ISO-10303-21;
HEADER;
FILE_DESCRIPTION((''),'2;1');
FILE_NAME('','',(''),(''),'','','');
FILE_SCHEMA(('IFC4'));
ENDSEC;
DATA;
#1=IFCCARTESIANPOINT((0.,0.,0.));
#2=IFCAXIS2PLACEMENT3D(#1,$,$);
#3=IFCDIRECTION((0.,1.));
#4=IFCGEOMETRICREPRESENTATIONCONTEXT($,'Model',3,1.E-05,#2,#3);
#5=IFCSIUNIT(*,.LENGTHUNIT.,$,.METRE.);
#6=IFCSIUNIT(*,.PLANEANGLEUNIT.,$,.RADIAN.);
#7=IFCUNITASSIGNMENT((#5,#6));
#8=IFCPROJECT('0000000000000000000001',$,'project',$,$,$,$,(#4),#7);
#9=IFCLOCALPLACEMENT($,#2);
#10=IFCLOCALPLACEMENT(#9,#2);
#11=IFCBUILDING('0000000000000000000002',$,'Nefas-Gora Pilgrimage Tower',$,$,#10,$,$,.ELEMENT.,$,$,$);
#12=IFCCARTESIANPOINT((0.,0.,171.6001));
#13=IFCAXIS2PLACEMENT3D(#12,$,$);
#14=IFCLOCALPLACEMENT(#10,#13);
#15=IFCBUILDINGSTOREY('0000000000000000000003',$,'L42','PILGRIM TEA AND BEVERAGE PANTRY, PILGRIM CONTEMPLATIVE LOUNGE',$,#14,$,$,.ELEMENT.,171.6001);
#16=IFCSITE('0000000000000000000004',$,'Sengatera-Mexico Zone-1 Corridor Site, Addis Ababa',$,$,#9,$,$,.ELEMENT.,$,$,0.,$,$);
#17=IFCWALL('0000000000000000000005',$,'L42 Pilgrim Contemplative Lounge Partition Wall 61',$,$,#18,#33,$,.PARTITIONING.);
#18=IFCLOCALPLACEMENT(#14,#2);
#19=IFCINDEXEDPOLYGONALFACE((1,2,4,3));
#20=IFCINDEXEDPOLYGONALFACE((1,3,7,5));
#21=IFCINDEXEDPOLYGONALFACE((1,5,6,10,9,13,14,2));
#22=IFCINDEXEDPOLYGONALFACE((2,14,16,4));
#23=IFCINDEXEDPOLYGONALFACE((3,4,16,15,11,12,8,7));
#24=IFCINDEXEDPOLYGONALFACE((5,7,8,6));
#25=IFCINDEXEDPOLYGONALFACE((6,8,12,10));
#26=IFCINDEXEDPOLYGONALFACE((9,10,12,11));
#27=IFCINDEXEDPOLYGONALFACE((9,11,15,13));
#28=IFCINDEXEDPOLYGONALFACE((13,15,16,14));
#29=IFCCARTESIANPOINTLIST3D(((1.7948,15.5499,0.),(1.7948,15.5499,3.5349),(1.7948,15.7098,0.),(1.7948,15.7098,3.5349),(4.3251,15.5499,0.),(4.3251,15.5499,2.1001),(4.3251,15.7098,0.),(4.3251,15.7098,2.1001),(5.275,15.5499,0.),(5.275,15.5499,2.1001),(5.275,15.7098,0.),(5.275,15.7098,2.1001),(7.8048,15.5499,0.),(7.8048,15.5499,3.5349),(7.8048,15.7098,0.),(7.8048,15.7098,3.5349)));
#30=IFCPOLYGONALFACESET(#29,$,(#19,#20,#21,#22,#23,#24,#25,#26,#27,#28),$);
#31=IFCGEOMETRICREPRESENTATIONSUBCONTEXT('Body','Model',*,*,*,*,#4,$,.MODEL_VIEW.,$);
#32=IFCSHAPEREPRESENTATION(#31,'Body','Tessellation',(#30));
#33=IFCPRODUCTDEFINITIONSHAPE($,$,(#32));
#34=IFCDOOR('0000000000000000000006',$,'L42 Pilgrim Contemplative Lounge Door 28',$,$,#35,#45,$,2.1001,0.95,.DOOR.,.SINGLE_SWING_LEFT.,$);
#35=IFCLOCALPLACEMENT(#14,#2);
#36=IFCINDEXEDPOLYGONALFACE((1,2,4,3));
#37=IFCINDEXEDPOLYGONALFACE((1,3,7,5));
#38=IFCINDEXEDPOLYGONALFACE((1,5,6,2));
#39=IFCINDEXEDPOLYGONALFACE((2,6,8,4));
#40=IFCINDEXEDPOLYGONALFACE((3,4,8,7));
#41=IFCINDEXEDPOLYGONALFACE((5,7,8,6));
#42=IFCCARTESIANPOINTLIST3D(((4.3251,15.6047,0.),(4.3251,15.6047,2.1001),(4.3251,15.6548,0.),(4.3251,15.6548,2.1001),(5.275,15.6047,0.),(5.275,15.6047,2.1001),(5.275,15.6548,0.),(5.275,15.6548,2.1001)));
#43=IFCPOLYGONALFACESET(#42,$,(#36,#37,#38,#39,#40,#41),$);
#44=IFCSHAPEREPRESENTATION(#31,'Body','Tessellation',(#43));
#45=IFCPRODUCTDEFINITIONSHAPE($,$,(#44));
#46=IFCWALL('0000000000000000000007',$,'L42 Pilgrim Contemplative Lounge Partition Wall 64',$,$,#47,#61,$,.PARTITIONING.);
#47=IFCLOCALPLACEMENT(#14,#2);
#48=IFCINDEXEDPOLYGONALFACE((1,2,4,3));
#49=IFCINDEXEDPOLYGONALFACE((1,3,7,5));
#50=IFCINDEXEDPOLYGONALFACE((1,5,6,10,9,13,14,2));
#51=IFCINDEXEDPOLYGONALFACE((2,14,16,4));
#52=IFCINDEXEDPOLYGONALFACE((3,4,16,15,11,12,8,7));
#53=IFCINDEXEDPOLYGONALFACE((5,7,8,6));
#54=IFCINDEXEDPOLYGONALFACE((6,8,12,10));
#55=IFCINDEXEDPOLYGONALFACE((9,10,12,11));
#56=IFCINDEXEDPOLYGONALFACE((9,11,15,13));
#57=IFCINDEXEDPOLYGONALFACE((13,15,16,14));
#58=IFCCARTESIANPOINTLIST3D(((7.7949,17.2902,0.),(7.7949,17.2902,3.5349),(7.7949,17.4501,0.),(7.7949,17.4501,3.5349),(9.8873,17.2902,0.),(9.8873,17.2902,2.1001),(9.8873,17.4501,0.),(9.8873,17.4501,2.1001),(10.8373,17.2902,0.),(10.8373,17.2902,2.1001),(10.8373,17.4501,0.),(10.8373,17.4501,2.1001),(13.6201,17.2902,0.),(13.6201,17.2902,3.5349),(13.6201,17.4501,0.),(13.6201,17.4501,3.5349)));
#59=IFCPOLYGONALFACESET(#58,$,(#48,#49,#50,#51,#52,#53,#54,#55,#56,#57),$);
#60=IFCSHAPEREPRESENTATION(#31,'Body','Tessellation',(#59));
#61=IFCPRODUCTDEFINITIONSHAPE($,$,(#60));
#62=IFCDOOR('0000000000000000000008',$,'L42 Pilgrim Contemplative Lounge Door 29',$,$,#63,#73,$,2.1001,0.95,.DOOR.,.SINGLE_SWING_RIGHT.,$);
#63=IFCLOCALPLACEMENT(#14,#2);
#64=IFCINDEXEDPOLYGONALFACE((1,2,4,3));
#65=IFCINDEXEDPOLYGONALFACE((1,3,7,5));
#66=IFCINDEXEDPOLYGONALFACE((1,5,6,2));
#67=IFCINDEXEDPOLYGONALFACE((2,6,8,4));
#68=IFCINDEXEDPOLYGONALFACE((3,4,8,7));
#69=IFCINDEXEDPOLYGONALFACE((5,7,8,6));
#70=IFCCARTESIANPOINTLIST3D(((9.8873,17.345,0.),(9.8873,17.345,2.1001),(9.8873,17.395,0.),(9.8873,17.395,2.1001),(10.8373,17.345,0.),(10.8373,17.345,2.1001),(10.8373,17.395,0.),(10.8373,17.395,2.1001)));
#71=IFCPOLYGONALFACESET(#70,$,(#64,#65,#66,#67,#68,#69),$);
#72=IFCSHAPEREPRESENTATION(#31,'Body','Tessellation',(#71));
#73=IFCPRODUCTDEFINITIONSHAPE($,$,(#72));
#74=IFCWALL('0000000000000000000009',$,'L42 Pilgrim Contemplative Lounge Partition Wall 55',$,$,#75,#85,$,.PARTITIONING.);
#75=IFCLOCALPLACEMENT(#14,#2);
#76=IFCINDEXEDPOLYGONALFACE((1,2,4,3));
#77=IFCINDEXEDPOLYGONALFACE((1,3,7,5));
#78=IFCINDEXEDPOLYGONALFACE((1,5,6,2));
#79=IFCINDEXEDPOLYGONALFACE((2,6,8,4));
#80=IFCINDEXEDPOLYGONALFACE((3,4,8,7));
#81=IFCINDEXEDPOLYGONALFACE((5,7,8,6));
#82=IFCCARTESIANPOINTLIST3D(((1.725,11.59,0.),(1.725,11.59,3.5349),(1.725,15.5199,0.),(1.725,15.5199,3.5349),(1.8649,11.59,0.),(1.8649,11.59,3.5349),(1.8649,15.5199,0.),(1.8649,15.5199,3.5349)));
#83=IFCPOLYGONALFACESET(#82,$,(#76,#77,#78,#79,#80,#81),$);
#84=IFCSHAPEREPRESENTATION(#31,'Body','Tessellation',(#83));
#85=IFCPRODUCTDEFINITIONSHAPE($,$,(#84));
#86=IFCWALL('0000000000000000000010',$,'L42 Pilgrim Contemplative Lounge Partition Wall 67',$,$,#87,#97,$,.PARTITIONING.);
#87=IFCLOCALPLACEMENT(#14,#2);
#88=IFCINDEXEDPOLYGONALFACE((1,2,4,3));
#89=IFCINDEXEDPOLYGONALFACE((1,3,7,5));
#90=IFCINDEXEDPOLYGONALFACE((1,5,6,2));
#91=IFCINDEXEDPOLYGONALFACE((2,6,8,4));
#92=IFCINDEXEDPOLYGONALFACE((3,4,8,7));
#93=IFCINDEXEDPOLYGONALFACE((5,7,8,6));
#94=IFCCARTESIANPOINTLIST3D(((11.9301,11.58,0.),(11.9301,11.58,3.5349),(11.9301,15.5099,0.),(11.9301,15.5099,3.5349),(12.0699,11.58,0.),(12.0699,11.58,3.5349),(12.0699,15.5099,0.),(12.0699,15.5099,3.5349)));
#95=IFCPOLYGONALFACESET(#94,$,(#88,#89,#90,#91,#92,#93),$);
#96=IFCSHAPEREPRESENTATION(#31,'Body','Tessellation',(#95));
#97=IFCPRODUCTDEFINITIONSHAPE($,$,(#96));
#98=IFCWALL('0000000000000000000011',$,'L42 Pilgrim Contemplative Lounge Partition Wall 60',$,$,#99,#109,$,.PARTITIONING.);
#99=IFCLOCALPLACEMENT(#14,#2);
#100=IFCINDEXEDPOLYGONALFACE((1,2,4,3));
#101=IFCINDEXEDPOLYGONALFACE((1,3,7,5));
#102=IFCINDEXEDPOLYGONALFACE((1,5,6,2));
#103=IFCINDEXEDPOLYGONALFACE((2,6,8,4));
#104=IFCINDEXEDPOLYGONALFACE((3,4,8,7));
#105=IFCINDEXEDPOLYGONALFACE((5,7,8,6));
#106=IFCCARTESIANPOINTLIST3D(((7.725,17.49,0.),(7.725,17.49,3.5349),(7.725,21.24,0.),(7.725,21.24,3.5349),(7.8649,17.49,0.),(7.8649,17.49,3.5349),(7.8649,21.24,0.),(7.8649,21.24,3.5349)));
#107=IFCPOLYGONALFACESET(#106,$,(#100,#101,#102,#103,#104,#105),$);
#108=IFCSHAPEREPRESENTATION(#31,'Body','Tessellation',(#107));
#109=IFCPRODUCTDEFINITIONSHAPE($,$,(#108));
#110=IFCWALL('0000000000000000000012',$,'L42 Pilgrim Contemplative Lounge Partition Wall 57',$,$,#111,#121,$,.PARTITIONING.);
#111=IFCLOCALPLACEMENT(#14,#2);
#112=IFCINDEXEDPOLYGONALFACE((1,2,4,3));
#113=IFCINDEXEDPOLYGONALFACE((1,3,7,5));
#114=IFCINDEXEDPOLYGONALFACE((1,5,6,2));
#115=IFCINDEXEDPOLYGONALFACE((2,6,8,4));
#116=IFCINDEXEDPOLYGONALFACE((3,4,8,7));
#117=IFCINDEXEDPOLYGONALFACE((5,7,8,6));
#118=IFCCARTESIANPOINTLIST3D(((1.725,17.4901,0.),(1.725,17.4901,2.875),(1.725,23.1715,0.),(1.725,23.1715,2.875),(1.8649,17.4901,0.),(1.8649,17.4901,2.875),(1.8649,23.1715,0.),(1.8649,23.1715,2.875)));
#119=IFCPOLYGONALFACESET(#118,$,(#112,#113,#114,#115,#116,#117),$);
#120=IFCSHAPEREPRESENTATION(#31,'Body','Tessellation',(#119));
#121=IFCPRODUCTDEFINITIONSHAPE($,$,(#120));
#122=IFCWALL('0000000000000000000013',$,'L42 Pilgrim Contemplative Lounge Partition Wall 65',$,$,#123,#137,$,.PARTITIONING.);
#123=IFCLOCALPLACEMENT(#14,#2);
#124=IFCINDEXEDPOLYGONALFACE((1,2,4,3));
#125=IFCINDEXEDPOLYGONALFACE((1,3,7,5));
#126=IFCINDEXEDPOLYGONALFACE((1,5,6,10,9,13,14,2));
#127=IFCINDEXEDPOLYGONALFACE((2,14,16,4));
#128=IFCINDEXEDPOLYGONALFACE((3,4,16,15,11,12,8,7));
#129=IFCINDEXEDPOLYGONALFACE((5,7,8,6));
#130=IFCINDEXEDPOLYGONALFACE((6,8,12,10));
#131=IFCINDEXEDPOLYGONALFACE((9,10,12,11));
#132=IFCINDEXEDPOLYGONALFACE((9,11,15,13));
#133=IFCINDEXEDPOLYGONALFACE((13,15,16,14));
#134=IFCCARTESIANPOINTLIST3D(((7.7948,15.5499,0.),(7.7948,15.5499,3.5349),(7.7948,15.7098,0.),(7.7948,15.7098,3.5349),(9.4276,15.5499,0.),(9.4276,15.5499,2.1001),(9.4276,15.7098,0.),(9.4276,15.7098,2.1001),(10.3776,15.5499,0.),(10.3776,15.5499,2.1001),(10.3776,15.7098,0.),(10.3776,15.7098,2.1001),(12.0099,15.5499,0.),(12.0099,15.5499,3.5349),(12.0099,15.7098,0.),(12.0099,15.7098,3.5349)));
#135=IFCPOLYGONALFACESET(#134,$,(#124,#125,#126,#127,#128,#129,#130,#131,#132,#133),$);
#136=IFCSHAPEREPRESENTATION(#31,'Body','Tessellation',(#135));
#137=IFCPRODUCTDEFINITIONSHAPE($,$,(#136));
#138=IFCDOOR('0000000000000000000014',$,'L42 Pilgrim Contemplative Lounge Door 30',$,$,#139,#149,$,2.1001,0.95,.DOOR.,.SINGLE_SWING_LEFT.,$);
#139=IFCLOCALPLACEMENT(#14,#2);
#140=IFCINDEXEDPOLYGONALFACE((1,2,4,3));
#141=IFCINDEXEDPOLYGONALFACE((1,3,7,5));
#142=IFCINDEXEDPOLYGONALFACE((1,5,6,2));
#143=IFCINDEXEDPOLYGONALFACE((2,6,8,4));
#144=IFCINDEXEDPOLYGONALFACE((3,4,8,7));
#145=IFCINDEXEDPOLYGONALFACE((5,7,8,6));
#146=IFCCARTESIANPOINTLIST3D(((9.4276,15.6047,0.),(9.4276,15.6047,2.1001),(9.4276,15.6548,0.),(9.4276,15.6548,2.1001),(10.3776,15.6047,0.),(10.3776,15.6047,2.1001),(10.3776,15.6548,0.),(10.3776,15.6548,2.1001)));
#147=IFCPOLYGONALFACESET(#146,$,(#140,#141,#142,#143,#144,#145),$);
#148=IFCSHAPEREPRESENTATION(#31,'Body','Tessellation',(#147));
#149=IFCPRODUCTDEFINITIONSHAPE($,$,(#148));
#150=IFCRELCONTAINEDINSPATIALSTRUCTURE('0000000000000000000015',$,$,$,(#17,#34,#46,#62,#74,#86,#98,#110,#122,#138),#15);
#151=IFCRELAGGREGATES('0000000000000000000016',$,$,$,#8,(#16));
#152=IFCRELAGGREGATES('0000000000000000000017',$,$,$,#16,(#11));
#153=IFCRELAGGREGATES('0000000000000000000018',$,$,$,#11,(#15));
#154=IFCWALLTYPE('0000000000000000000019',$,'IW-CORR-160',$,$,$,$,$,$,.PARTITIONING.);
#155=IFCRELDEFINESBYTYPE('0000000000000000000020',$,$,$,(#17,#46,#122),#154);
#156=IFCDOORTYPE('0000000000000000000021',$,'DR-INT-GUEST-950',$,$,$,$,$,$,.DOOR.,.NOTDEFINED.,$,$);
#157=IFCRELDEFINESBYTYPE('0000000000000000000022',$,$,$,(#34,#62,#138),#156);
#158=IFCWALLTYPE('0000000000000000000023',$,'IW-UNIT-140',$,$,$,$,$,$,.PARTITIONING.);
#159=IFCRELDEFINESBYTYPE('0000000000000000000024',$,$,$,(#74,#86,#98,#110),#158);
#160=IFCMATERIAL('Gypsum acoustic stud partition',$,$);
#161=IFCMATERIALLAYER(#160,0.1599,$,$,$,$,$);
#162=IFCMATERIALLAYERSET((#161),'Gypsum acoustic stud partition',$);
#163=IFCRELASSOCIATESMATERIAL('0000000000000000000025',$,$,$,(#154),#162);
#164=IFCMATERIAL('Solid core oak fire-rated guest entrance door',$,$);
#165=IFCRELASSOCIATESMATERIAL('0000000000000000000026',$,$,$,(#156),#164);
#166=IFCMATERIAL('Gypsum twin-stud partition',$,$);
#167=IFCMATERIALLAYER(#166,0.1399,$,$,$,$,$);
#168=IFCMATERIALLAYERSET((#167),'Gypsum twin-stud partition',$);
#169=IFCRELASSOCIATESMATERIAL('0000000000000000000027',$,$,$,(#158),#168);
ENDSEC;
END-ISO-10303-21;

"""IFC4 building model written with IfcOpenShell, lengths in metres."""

from ifc_helpers import new_model, si_unit, direction, frame, frame_2d, origin, place, context, subcontext, project, spatial, rectangle, extrude, source, transform, mapped, material, layer, layer_set, type_object, element, fill, save


model = new_model("IFC4")

# Units and contexts
model_context = context("Model", 3, precision=1e-05, world=origin(), true_north=direction((0.0, 1.0)))
body_context = subcontext(model_context, "Body", "Model", "MODEL_VIEW")
ifc_project = project(units=[si_unit("LENGTHUNIT", "METRE"), si_unit("PLANEANGLEUNIT", "RADIAN")], contexts=[model_context])

# Site, building, storey
site_placement = place(None, origin())
site = spatial("IfcSite", under=ifc_project, at=site_placement, Name="Sengatera-Mexico Zone-1 Corridor Site, Addis Ababa", CompositionType="ELEMENT", RefElevation=0.0)
building_placement = place(site_placement, origin())
building = spatial("IfcBuilding", under=site, at=building_placement, Name="Nefas-Gora Pilgrimage Tower", CompositionType="ELEMENT")
storey_placement = place(building_placement, frame((0.0, 0.0, 171.6001)))
storey = spatial("IfcBuildingStorey", under=building, at=storey_placement, Name="L42", Description="PILGRIM TEA AND BEVERAGE PANTRY, PILGRIM CONTEMPLATIVE LOUNGE", CompositionType="ELEMENT", Elevation=171.6001)

# Walls, openings, doors
ifc_material_1 = material(Name="Gypsum acoustic stud partition")
ifc_layer_1 = layer(ifc_material_1, 0.1599)
ifc_layer_set_1 = layer_set([ifc_layer_1], Name="Gypsum acoustic stud partition")
wall_type_1 = type_object("IfcWallType", Name="IW-CORR-160", PredefinedType="PARTITIONING", material=ifc_layer_set_1)
shared_shape_1 = source(origin(), body_context, "Body", "SweptSolid", [
    extrude(rectangle(XDim=6.01, YDim=0.1599, at=frame_2d((3.0049, 0.0))), origin(), (0.0, 0.0, 1.0), 3.5349),
])
ifc_material_2 = material(Name="Solid core oak fire-rated guest entrance door")
door_type = type_object("IfcDoorType", Name="DR-INT-GUEST-950", OperationType="NOTDEFINED", PredefinedType="DOOR", material=ifc_material_2)
shared_shape_2 = source(origin(), body_context, "Body", "SweptSolid", [
    extrude(rectangle(XDim=0.95, YDim=2.1001, at=frame_2d((0.4751, 1.05))), frame((0.0, 0.0249, 0.0), z_axis=(0.0, -1.0, 0.0), x_axis=(1.0, 0.0, 0.0)), (0.0, 0.0, 1.0), 0.05),
])
wall_1_placement = place(storey_placement, frame((1.7949, 15.6299, 0.0), z_axis=(0.0, 0.0, 1.0), x_axis=(1.0, 0.0, 0.0)))
wall_1 = element("IfcWall", 1, at=wall_1_placement, inside=storey, type_object=wall_type_1, Name="L42 Pilgrim Contemplative Lounge Partition Wall 61", PredefinedType="PARTITIONING", context=body_context, shape_type="MappedRepresentation", body=[
    mapped(shared_shape_1, transform((0.0, 0.0, 0.0), x_axis=(1.0, 0.0, 0.0), y_axis=(0.0, 1.0, 0.0), z_axis=(0.0, 0.0, 1.0), scale=1.0)),
])
opening_1_placement = place(wall_1_placement, frame((2.53, 0.0, 0.0)))
opening_1 = element("IfcOpeningElement", 2, at=opening_1_placement, cuts=wall_1, PredefinedType="OPENING", context=body_context, shape_type="SweptSolid", body=[
    extrude(rectangle(XDim=0.95, YDim=2.1001, at=frame_2d((0.4751, 1.05))), frame((0.0, 0.0898, 0.0), z_axis=(0.0, -1.0, 0.0), x_axis=(1.0, 0.0, 0.0)), (0.0, 0.0, 1.0), 0.1799),
])
door_1_placement = place(opening_1_placement, origin())
door_1 = element("IfcDoor", 3, at=door_1_placement, inside=storey, type_object=door_type, Name="L42 Pilgrim Contemplative Lounge Door 28", OperationType="SINGLE_SWING_LEFT", OverallHeight=2.1001, OverallWidth=0.95, PredefinedType="DOOR", context=body_context, shape_type="MappedRepresentation", body=[
    mapped(shared_shape_2, transform((0.0, 0.0, 0.0), x_axis=(1.0, 0.0, 0.0), y_axis=(0.0, 1.0, 0.0), z_axis=(0.0, 0.0, 1.0), scale=1.0)),
])
fill(opening_1, door_1)
shared_shape_3 = source(origin(), body_context, "Body", "SweptSolid", [
    extrude(rectangle(XDim=5.8252, YDim=0.1599, at=frame_2d((2.9126, 0.0))), origin(), (0.0, 0.0, 1.0), 3.5349),
])
wall_2_placement = place(storey_placement, frame((7.7949, 17.3701, 0.0), z_axis=(0.0, 0.0, 1.0), x_axis=(1.0, 0.0, 0.0)))
wall_2 = element("IfcWall", 4, at=wall_2_placement, inside=storey, type_object=wall_type_1, Name="L42 Pilgrim Contemplative Lounge Partition Wall 64", PredefinedType="PARTITIONING", context=body_context, shape_type="MappedRepresentation", body=[
    mapped(shared_shape_3, transform((0.0, 0.0, 0.0), x_axis=(1.0, 0.0, 0.0), y_axis=(0.0, 1.0, 0.0), z_axis=(0.0, 0.0, 1.0), scale=1.0)),
])
opening_2_placement = place(wall_2_placement, frame((2.0923, 0.0, 0.0)))
opening_2 = element("IfcOpeningElement", 5, at=opening_2_placement, cuts=wall_2, PredefinedType="OPENING", context=body_context, shape_type="SweptSolid", body=[
    extrude(rectangle(XDim=0.95, YDim=2.1001, at=frame_2d((0.4751, 1.05))), frame((0.0, 0.0898, 0.0), z_axis=(0.0, -1.0, 0.0), x_axis=(1.0, 0.0, 0.0)), (0.0, 0.0, 1.0), 0.1799),
])
door_2_placement = place(opening_2_placement, origin())
door_2 = element("IfcDoor", 6, at=door_2_placement, inside=storey, type_object=door_type, Name="L42 Pilgrim Contemplative Lounge Door 29", OperationType="SINGLE_SWING_RIGHT", OverallHeight=2.1001, OverallWidth=0.95, PredefinedType="DOOR", context=body_context, shape_type="MappedRepresentation", body=[
    mapped(shared_shape_2, transform((0.0, 0.0, 0.0), x_axis=(1.0, 0.0, 0.0), y_axis=(0.0, 1.0, 0.0), z_axis=(0.0, 0.0, 1.0), scale=1.0)),
])
fill(opening_2, door_2)

# Walls
ifc_material_3 = material(Name="Gypsum twin-stud partition")
ifc_layer_2 = layer(ifc_material_3, 0.1399)
ifc_layer_set_2 = layer_set([ifc_layer_2], Name="Gypsum twin-stud partition")
wall_type_2 = type_object("IfcWallType", Name="IW-UNIT-140", PredefinedType="PARTITIONING", material=ifc_layer_set_2)
shared_shape_4 = source(origin(), body_context, "Body", "SweptSolid", [
    extrude(rectangle(XDim=3.9299, YDim=0.1399, at=frame_2d((1.9648, 0.0))), origin(), (0.0, 0.0, 1.0), 3.5349),
])
for number, where, z_axis, x_axis, name in (
    (7, (1.7949, 11.5901, 0.0), (0.0, 0.0, 1.0), (0.0, 1.0, 0.0), "L42 Pilgrim Contemplative Lounge Partition Wall 55"),
    (8, (12.0, 11.5801, 0.0), (0.0, 0.0, 1.0), (0.0, 1.0, 0.0), "L42 Pilgrim Contemplative Lounge Partition Wall 67"),
):
    element("IfcWall", number, at=place(storey_placement, frame(where, z_axis=z_axis, x_axis=x_axis)), inside=storey, type_object=wall_type_2, Name=name, PredefinedType="PARTITIONING", context=body_context, shape_type="MappedRepresentation", body=[
        mapped(shared_shape_4, transform((0.0, 0.0, 0.0), x_axis=(1.0, 0.0, 0.0), y_axis=(0.0, 1.0, 0.0), z_axis=(0.0, 0.0, 1.0), scale=1.0)),
    ])
shared_shape_5 = source(origin(), body_context, "Body", "SweptSolid", [
    extrude(rectangle(XDim=3.75, YDim=0.1399, at=frame_2d((1.875, 0.0))), origin(), (0.0, 0.0, 1.0), 3.5349),
])
wall_3_placement = place(storey_placement, frame((7.7949, 17.49, 0.0), z_axis=(0.0, 0.0, 1.0), x_axis=(0.0, 1.0, 0.0)))
element("IfcWall", 9, at=wall_3_placement, inside=storey, type_object=wall_type_2, Name="L42 Pilgrim Contemplative Lounge Partition Wall 60", PredefinedType="PARTITIONING", context=body_context, shape_type="MappedRepresentation", body=[
    mapped(shared_shape_5, transform((0.0, 0.0, 0.0), x_axis=(1.0, 0.0, 0.0), y_axis=(0.0, 1.0, 0.0), z_axis=(0.0, 0.0, 1.0), scale=1.0)),
])
shared_shape_6 = source(origin(), body_context, "Body", "SweptSolid", [
    extrude(rectangle(XDim=5.6814, YDim=0.1399, at=frame_2d((2.8408, 0.0))), origin(), (0.0, 0.0, 1.0), 2.875),
])
wall_4_placement = place(storey_placement, frame((1.7949, 17.49, 0.0), z_axis=(0.0, 0.0, 1.0), x_axis=(0.0, 1.0, 0.0)))
element("IfcWall", 10, at=wall_4_placement, inside=storey, type_object=wall_type_2, Name="L42 Pilgrim Contemplative Lounge Partition Wall 57", PredefinedType="PARTITIONING", context=body_context, shape_type="MappedRepresentation", body=[
    mapped(shared_shape_6, transform((0.0, 0.0, 0.0), x_axis=(1.0, 0.0, 0.0), y_axis=(0.0, 1.0, 0.0), z_axis=(0.0, 0.0, 1.0), scale=1.0)),
])

# Wall, opening, door
shared_shape_7 = source(origin(), body_context, "Body", "SweptSolid", [
    extrude(rectangle(XDim=4.2151, YDim=0.1599, at=frame_2d((2.1074, 0.0))), origin(), (0.0, 0.0, 1.0), 3.5349),
])
wall_5_placement = place(storey_placement, frame((7.7949, 15.6299, 0.0), z_axis=(0.0, 0.0, 1.0), x_axis=(1.0, 0.0, 0.0)))
wall_5 = element("IfcWall", 11, at=wall_5_placement, inside=storey, type_object=wall_type_1, Name="L42 Pilgrim Contemplative Lounge Partition Wall 65", PredefinedType="PARTITIONING", context=body_context, shape_type="MappedRepresentation", body=[
    mapped(shared_shape_7, transform((0.0, 0.0, 0.0), x_axis=(1.0, 0.0, 0.0), y_axis=(0.0, 1.0, 0.0), z_axis=(0.0, 0.0, 1.0), scale=1.0)),
])
opening_3_placement = place(wall_5_placement, frame((1.6326, 0.0, 0.0)))
opening_3 = element("IfcOpeningElement", 12, at=opening_3_placement, cuts=wall_5, PredefinedType="OPENING", context=body_context, shape_type="SweptSolid", body=[
    extrude(rectangle(XDim=0.95, YDim=2.1001, at=frame_2d((0.4751, 1.05))), frame((0.0, 0.0898, 0.0), z_axis=(0.0, -1.0, 0.0), x_axis=(1.0, 0.0, 0.0)), (0.0, 0.0, 1.0), 0.1799),
])
door_3_placement = place(opening_3_placement, origin())
door_3 = element("IfcDoor", 13, at=door_3_placement, inside=storey, type_object=door_type, Name="L42 Pilgrim Contemplative Lounge Door 30", OperationType="SINGLE_SWING_LEFT", OverallHeight=2.1001, OverallWidth=0.95, PredefinedType="DOOR", context=body_context, shape_type="MappedRepresentation", body=[
    mapped(shared_shape_2, transform((0.0, 0.0, 0.0), x_axis=(1.0, 0.0, 0.0), y_axis=(0.0, 1.0, 0.0), z_axis=(0.0, 0.0, 1.0), scale=1.0)),
])
fill(opening_3, door_3)

save(model, "model.ifc")
